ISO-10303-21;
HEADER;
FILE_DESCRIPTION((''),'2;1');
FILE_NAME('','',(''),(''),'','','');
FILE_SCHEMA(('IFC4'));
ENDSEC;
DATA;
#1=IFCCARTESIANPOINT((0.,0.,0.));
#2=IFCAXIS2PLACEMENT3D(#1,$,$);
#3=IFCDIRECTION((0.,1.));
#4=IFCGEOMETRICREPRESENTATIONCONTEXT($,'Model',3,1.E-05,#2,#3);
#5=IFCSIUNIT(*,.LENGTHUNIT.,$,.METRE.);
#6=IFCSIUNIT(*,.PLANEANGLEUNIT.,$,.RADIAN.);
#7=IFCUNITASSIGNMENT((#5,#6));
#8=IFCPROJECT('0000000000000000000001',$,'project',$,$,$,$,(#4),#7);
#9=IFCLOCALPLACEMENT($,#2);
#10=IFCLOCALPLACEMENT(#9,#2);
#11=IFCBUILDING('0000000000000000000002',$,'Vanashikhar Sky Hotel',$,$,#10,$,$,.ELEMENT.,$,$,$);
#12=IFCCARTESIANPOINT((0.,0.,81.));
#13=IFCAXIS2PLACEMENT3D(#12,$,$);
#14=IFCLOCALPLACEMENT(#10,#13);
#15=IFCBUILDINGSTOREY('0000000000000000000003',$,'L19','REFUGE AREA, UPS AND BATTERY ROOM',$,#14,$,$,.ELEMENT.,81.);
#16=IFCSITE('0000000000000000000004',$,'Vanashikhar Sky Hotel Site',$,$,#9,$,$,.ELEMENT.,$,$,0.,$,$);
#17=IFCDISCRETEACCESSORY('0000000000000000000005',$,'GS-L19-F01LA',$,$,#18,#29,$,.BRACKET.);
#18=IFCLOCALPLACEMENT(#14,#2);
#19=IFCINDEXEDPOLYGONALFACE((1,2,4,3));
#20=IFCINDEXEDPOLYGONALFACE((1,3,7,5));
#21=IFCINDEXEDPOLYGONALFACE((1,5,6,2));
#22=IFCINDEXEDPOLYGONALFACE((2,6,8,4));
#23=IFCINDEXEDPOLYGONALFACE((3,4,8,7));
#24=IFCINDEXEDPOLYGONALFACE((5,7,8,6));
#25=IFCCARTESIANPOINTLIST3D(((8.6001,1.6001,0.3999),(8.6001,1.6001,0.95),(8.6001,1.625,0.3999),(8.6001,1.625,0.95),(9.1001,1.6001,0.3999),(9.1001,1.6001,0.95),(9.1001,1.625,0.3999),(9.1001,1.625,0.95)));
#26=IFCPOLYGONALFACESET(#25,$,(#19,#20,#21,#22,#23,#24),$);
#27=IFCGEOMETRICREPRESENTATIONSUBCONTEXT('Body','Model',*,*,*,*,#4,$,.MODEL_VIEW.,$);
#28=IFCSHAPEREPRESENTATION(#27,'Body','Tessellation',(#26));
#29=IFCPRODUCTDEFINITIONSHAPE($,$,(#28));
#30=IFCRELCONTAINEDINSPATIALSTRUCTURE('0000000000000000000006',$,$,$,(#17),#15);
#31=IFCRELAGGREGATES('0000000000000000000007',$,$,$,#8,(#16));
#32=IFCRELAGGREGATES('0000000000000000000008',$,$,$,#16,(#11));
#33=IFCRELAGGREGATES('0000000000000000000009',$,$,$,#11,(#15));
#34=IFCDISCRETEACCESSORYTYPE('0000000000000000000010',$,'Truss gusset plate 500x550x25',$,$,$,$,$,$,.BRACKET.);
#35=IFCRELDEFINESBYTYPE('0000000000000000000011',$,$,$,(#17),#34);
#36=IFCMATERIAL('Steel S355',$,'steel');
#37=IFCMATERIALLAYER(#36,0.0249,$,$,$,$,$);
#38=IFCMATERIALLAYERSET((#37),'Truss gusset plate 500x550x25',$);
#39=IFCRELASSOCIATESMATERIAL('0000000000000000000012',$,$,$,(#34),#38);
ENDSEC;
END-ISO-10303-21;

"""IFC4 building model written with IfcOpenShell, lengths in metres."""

from ifc_helpers import new_model, si_unit, direction, frame, origin, origin_2d, place, context, subcontext, project, spatial, rectangle, extrude, source, transform, mapped, material, layer, layer_set, type_object, element, save


model = new_model("IFC4")

# Units and contexts
model_context = context("Model", 3, precision=1e-05, world=origin(), true_north=direction((0.0, 1.0)))
body_context = subcontext(model_context, "Body", "Model", "MODEL_VIEW")
ifc_project = project(units=[si_unit("LENGTHUNIT", "METRE"), si_unit("PLANEANGLEUNIT", "RADIAN")], contexts=[model_context])

# Site, building, storey
site_placement = place(None, origin())
site = spatial("IfcSite", under=ifc_project, at=site_placement, Name="Vanashikhar Sky Hotel Site", CompositionType="ELEMENT", RefElevation=0.0)
building_placement = place(site_placement, origin())
building = spatial("IfcBuilding", under=site, at=building_placement, Name="Vanashikhar Sky Hotel", CompositionType="ELEMENT")
storey_placement = place(building_placement, frame((0.0, 0.0, 81.0)))
storey = spatial("IfcBuildingStorey", under=building, at=storey_placement, Name="L19", Description="REFUGE AREA, UPS AND BATTERY ROOM", CompositionType="ELEMENT", Elevation=81.0)

# Shared definitions
ifc_material_1 = material(Name="Steel S355", Category="steel")

# Discrete accessory
ifc_layer_1 = layer(ifc_material_1, 0.0249)
ifc_layer_set_1 = layer_set([ifc_layer_1], Name="Truss gusset plate 500x550x25")
discrete_accessory_type_1 = type_object("IfcDiscreteAccessoryType", Name="Truss gusset plate 500x550x25", PredefinedType="BRACKET", material=ifc_layer_set_1)
shared_shape_1 = source(origin(), body_context, "Body", "SweptSolid", [
    extrude(rectangle(XDim=0.5, YDim=0.0249, at=origin_2d()), origin(), (0.0, 0.0, 1.0), 0.55),
])
discrete_accessory_1_placement = place(storey_placement, frame((8.8501, 1.6125, 0.3999), z_axis=(0.0, 0.0, 1.0), x_axis=(1.0, 0.0, 0.0)))
element("IfcDiscreteAccessory", 1, at=discrete_accessory_1_placement, inside=storey, type_object=discrete_accessory_type_1, Name="GS-L19-F01LA", PredefinedType="BRACKET", context=body_context, shape_type="MappedRepresentation", body=[
    mapped(shared_shape_1, transform((0.0, 0.0, 0.0), scale=1.0)),
])

save(model, "model.ifc")
